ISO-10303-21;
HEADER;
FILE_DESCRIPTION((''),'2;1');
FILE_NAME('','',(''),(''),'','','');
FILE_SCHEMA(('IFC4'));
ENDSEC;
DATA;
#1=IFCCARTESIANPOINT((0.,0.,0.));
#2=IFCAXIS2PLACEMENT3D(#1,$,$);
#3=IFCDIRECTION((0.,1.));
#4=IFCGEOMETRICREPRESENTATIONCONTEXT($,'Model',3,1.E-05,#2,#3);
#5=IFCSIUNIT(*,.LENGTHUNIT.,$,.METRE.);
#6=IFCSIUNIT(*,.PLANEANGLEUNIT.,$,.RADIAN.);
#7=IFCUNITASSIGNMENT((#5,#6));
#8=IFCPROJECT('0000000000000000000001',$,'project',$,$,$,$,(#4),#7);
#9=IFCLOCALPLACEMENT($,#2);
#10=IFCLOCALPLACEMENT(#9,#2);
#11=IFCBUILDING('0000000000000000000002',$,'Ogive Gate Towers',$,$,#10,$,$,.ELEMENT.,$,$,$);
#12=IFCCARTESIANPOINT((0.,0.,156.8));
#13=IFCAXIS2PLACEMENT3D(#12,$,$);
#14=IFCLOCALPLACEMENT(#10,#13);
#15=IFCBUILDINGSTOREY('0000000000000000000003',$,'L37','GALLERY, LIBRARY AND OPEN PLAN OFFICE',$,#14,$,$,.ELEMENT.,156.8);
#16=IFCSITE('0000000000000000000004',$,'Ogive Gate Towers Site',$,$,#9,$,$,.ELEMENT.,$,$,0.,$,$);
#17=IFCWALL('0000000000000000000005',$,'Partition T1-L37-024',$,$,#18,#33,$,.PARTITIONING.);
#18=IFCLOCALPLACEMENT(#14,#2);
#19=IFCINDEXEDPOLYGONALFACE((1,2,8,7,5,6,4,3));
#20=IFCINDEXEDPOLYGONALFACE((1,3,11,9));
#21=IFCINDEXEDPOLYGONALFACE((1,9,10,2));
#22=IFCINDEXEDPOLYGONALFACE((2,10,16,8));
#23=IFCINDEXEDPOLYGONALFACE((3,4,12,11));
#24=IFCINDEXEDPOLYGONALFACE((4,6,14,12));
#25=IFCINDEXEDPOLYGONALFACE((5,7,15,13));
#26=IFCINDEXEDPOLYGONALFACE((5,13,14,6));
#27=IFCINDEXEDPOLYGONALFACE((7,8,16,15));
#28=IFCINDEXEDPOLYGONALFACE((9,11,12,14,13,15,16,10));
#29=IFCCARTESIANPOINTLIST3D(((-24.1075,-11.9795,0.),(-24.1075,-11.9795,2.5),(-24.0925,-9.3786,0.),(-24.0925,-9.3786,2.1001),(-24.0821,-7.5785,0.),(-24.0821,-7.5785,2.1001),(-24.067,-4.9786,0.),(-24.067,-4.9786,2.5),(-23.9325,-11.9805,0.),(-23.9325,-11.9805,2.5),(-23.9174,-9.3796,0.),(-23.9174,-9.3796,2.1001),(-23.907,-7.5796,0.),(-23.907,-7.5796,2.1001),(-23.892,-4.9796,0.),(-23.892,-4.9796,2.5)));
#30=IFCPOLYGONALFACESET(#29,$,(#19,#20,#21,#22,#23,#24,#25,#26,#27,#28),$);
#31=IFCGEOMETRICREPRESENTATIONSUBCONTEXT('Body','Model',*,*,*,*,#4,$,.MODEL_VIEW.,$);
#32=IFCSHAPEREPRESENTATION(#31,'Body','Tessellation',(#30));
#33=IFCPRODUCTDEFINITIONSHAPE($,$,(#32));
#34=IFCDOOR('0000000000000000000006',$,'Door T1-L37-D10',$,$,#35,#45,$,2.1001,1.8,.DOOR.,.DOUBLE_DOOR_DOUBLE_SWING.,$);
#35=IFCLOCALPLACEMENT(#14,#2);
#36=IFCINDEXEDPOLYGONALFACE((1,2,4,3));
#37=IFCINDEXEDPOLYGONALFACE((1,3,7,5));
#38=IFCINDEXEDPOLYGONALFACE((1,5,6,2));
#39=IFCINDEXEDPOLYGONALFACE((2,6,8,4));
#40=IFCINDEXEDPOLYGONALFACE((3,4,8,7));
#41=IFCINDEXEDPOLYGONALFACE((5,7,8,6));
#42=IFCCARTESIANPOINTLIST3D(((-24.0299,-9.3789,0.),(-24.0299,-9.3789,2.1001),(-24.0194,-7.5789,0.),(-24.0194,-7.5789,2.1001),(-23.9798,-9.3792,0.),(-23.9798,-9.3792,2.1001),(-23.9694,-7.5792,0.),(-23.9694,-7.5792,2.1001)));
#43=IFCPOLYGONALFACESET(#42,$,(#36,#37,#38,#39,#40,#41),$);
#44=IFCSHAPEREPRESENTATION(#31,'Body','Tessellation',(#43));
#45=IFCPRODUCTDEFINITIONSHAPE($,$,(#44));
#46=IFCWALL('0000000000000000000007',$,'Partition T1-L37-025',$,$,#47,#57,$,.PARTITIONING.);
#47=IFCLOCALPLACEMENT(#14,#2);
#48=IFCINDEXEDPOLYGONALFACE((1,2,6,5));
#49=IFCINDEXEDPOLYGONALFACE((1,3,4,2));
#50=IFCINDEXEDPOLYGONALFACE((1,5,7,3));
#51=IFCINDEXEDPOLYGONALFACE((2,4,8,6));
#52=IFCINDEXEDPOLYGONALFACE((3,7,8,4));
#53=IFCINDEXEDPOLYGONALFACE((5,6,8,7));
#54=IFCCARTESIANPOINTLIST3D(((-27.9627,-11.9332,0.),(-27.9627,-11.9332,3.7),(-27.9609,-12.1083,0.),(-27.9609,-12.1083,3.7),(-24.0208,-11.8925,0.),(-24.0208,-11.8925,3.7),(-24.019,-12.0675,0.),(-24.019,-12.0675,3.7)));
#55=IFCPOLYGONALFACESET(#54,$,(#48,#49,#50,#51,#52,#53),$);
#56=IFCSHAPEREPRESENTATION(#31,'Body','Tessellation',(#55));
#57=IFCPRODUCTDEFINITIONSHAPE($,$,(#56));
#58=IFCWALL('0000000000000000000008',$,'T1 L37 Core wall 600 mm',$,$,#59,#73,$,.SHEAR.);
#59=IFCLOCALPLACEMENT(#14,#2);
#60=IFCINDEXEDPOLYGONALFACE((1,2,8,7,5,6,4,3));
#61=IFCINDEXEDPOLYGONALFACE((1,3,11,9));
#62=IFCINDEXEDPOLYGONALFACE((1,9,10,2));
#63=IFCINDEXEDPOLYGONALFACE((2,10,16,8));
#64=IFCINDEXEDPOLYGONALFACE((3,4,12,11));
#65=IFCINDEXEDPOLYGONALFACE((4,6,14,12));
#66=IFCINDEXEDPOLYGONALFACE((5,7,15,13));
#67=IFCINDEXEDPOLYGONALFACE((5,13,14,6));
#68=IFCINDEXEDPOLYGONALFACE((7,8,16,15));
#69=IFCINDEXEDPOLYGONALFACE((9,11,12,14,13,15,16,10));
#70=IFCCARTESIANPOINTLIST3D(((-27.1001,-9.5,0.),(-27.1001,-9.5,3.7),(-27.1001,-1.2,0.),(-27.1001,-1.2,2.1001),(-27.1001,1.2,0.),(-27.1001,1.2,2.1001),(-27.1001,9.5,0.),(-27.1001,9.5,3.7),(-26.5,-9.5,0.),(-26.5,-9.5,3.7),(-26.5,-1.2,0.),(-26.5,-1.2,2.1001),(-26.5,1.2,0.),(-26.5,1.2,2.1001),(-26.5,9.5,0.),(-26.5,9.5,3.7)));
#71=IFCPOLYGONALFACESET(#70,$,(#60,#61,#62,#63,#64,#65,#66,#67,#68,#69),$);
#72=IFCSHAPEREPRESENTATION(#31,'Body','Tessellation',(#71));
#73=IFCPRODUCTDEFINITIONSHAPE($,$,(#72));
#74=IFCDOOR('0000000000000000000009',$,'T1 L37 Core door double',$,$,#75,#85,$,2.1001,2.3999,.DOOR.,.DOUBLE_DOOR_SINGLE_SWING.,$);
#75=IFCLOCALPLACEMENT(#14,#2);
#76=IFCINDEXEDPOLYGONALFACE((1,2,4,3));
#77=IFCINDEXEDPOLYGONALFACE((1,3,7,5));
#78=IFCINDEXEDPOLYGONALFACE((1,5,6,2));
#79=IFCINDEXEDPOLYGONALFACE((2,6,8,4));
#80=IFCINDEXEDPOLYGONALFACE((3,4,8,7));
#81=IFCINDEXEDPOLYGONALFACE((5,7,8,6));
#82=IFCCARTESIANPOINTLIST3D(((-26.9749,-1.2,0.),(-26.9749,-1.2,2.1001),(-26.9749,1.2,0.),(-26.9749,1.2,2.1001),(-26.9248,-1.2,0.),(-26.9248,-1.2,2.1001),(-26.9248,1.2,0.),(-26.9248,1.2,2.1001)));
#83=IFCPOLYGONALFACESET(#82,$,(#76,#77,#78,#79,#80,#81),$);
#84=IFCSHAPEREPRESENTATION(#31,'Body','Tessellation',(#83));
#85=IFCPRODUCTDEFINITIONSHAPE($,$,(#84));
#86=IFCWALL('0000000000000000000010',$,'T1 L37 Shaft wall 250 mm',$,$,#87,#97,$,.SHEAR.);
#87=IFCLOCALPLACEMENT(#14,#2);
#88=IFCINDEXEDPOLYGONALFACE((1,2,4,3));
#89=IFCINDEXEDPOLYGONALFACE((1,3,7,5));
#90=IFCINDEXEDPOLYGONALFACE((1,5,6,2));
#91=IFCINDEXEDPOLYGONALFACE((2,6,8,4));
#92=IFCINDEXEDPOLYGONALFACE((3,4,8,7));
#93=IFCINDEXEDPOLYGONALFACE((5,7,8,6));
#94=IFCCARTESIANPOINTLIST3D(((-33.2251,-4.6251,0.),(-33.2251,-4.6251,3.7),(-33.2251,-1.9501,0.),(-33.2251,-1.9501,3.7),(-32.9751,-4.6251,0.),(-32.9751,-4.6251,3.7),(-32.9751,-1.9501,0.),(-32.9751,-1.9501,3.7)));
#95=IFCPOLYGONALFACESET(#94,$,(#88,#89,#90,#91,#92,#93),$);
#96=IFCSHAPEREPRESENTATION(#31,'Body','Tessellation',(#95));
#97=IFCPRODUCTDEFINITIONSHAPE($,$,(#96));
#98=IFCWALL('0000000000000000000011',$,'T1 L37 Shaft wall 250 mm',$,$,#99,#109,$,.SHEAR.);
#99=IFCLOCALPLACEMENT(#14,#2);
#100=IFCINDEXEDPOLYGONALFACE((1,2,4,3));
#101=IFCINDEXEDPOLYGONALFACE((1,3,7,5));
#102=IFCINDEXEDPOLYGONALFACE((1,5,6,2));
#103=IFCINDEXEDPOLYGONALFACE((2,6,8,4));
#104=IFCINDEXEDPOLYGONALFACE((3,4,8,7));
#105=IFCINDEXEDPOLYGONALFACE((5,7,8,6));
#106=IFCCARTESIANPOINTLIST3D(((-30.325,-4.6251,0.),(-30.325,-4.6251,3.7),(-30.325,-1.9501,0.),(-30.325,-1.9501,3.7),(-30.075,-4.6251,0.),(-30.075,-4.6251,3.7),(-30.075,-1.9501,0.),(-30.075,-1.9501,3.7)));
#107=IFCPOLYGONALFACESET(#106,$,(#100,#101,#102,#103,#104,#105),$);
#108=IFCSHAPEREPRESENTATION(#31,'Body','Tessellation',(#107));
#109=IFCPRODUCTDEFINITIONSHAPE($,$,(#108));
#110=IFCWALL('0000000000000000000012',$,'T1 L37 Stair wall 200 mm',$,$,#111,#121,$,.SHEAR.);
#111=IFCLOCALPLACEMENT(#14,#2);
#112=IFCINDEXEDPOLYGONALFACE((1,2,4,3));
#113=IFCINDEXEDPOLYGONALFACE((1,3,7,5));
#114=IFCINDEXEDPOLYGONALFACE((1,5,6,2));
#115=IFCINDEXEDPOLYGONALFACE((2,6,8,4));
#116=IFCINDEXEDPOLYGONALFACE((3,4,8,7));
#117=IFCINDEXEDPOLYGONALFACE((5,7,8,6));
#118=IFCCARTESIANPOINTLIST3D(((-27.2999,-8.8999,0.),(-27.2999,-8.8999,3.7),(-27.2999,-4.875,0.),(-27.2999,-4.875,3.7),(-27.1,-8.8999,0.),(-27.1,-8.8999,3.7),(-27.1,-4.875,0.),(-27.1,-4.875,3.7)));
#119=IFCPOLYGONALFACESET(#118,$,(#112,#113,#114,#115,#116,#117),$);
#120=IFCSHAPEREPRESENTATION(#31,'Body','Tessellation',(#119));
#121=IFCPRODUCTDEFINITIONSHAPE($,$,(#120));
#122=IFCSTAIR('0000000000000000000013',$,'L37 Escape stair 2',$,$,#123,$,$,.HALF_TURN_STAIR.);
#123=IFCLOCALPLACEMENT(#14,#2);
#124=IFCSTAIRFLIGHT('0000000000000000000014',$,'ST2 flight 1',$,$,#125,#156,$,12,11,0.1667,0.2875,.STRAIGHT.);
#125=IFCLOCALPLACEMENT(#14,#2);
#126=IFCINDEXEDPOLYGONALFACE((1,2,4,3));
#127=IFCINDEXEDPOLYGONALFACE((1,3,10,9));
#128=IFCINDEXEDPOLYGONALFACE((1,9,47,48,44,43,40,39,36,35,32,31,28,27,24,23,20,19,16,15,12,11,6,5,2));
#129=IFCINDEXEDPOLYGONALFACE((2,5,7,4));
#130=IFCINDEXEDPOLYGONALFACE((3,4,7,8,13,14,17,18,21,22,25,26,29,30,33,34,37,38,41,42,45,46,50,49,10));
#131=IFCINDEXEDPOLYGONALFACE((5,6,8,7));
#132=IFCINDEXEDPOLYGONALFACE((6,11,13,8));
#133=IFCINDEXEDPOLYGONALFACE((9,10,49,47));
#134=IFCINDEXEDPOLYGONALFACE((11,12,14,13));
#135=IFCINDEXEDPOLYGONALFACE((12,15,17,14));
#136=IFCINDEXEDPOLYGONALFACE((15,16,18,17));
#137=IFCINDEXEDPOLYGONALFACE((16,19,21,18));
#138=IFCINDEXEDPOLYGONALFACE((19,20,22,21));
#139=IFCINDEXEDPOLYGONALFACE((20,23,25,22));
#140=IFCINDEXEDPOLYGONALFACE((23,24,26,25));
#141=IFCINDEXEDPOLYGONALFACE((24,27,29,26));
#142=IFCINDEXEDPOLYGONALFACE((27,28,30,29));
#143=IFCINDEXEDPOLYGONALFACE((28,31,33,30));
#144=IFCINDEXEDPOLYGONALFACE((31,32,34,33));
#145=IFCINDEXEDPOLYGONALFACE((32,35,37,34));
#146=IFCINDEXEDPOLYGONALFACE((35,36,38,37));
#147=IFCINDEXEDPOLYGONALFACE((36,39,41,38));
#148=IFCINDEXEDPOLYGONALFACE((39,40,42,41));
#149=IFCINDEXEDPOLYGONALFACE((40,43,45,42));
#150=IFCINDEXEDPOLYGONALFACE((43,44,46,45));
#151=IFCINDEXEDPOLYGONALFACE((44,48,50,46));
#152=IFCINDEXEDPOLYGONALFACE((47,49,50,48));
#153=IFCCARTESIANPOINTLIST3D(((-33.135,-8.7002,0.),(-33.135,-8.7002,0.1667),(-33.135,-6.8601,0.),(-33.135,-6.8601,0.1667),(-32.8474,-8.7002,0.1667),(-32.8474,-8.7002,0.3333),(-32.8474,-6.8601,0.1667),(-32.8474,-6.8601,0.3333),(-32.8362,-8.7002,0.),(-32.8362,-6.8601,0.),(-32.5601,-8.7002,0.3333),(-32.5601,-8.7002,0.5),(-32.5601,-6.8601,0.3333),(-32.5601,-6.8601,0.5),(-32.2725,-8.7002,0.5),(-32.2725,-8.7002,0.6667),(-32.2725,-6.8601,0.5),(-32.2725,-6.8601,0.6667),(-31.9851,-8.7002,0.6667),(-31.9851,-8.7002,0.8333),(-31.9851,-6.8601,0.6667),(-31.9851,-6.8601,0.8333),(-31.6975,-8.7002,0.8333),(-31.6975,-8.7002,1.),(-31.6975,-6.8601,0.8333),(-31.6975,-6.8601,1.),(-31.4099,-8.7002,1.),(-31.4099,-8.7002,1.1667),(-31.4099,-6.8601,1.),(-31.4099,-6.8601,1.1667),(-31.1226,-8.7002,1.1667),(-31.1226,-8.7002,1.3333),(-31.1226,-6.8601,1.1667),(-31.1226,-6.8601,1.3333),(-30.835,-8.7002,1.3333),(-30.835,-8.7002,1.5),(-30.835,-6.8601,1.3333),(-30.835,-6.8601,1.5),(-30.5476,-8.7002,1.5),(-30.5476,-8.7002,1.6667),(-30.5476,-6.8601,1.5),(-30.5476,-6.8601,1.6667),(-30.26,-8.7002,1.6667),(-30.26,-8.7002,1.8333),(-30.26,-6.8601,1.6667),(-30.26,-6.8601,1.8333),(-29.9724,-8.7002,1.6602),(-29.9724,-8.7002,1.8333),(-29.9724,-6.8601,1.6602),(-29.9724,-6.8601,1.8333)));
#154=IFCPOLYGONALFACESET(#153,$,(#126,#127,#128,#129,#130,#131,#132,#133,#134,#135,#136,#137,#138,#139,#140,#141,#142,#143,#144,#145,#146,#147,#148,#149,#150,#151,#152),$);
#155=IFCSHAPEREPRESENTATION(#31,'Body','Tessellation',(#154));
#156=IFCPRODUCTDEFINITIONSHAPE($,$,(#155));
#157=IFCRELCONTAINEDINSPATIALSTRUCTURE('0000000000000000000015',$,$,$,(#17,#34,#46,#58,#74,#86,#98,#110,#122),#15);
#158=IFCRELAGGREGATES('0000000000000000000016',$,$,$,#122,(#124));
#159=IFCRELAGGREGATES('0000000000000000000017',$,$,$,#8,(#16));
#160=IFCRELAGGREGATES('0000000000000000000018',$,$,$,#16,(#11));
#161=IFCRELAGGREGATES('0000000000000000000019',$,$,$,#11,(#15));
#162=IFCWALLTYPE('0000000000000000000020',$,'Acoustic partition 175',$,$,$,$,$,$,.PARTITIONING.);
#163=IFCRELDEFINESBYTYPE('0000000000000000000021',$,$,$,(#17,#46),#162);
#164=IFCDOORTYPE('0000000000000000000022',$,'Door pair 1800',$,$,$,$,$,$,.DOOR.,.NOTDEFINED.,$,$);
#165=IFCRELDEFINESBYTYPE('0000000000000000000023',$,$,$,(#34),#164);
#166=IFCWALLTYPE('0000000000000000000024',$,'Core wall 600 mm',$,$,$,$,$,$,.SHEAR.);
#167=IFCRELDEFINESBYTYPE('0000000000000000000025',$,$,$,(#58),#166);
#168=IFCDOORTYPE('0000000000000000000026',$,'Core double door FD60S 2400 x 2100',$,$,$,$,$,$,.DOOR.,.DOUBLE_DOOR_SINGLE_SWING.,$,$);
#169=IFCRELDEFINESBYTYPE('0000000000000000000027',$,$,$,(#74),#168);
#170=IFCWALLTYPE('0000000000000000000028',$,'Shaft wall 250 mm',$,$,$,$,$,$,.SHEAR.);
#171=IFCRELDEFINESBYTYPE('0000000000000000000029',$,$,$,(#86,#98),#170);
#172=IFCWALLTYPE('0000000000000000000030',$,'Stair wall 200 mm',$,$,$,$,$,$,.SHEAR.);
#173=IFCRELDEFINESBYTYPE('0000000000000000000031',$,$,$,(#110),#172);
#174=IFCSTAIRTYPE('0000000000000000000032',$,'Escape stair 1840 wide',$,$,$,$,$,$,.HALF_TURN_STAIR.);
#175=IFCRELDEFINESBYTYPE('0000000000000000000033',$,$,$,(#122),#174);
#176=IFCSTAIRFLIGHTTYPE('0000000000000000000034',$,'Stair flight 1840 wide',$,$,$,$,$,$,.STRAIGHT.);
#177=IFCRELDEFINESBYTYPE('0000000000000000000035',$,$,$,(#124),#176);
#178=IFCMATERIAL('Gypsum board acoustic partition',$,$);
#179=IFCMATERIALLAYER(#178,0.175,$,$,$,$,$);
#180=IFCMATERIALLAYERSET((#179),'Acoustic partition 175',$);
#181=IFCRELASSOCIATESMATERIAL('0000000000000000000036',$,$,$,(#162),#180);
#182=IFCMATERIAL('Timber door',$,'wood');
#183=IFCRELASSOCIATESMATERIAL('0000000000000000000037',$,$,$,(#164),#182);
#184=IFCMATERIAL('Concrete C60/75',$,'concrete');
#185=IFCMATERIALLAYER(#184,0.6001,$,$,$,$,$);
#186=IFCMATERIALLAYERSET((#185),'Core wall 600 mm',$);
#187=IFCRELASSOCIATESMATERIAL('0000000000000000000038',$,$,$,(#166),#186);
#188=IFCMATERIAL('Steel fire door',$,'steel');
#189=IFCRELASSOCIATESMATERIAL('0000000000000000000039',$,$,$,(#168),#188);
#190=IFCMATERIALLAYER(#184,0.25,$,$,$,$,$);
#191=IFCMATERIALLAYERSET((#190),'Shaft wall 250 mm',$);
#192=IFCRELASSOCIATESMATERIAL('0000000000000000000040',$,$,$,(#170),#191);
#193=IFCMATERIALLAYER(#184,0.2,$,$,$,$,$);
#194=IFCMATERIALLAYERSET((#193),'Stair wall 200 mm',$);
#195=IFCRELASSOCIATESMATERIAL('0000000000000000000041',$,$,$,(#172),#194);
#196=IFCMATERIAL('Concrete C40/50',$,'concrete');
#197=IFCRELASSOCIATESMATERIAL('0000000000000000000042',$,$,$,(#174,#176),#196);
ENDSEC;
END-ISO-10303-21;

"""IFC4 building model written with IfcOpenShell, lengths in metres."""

from ifc_helpers import new_model, si_unit, direction, frame, frame_2d, origin, place, context, subcontext, project, spatial, polyline, rectangle, outline, extrude, material, layer, layer_set, type_object, element, fill, aggregate, save


model = new_model("IFC4")

# Units and contexts
model_context = context("Model", 3, precision=1e-05, world=origin(), true_north=direction((0.0, 1.0)))
body_context = subcontext(model_context, "Body", "Model", "MODEL_VIEW")
ifc_project = project(units=[si_unit("LENGTHUNIT", "METRE"), si_unit("PLANEANGLEUNIT", "RADIAN")], contexts=[model_context])

# Site, building, storey
site_placement = place(None, origin())
site = spatial("IfcSite", under=ifc_project, at=site_placement, Name="Ogive Gate Towers Site", CompositionType="ELEMENT", RefElevation=0.0)
building_placement = place(site_placement, origin())
building = spatial("IfcBuilding", under=site, at=building_placement, Name="Ogive Gate Towers", CompositionType="ELEMENT")
storey_placement = place(building_placement, frame((0.0, 0.0, 156.8)))
storey = spatial("IfcBuildingStorey", under=building, at=storey_placement, Name="L37", Description="GALLERY, LIBRARY AND OPEN PLAN OFFICE", CompositionType="ELEMENT", Elevation=156.8)

# Shared definitions
ifc_material_1 = material(Name="Gypsum board acoustic partition")
ifc_layer_1 = layer(ifc_material_1, 0.175)
ifc_layer_set_1 = layer_set([ifc_layer_1], Name="Acoustic partition 175")
wall_type_1 = type_object("IfcWallType", Name="Acoustic partition 175", PredefinedType="PARTITIONING", material=ifc_layer_set_1)

# Wall, opening, door
wall_1_placement = place(storey_placement, frame((-24.02, -11.98, 0.0), z_axis=(0.0, 0.0, 1.0), x_axis=(0.005789, 0.999983, 0.0)))
wall_1 = element("IfcWall", 1, at=wall_1_placement, inside=storey, type_object=wall_type_1, Name="Partition T1-L37-024", PredefinedType="PARTITIONING", context=body_context, shape_type="SweptSolid", body=[
    extrude(rectangle(XDim=7.001, YDim=0.175, at=frame_2d((3.5005, 0.0))), origin(), (0.0, 0.0, 1.0), 2.5),
])
opening_1_placement = place(wall_1_placement, frame((2.6011, 0.0, 0.0)))
opening_1 = element("IfcOpeningElement", 2, at=opening_1_placement, cuts=wall_1, PredefinedType="OPENING", context=body_context, shape_type="SweptSolid", body=[
    extrude(rectangle(XDim=1.8, YDim=2.1001, at=frame_2d((0.8999, 1.05))), frame((0.0, 0.0977, 0.0), z_axis=(0.0, -1.0, 0.0), x_axis=(1.0, 0.0, 0.0)), (0.0, 0.0, 1.0), 0.1951),
])
ifc_material_2 = material(Name="Timber door", Category="wood")
door_type_1 = type_object("IfcDoorType", Name="Door pair 1800", OperationType="NOTDEFINED", PredefinedType="DOOR", material=ifc_material_2)
door_1_placement = place(opening_1_placement, origin())
door_1 = element("IfcDoor", 3, at=door_1_placement, inside=storey, type_object=door_type_1, Name="Door T1-L37-D10", OperationType="DOUBLE_DOOR_DOUBLE_SWING", OverallHeight=2.1001, OverallWidth=1.8, PredefinedType="DOOR", context=body_context, shape_type="SweptSolid", body=[
    extrude(rectangle(XDim=1.8, YDim=2.1001, at=frame_2d((0.8999, 1.05))), frame((0.0, 0.0249, 0.0), z_axis=(0.0, -1.0, 0.0), x_axis=(1.0, 0.0, 0.0)), (0.0, 0.0, 1.0), 0.05),
])
fill(opening_1, door_1)

# Wall
wall_2_placement = place(storey_placement, frame((-27.9619, -12.0208, 0.0), z_axis=(0.0, 0.0, 1.0), x_axis=(0.999947, 0.010343, 0.0)))
element("IfcWall", 4, at=wall_2_placement, inside=storey, type_object=wall_type_1, Name="Partition T1-L37-025", PredefinedType="PARTITIONING", context=body_context, shape_type="SweptSolid", body=[
    extrude(rectangle(XDim=3.9421, YDim=0.175, at=frame_2d((1.9712, 0.0))), origin(), (0.0, 0.0, 1.0), 3.7),
])

# Wall, opening, door
ifc_material_3 = material(Name="Concrete C60/75", Category="concrete")
ifc_layer_2 = layer(ifc_material_3, 0.6001)
ifc_layer_set_2 = layer_set([ifc_layer_2], Name="Core wall 600 mm")
wall_type_2 = type_object("IfcWallType", Name="Core wall 600 mm", PredefinedType="SHEAR", material=ifc_layer_set_2)
wall_3_placement = place(storey_placement, frame((-26.8, -9.5, 0.0), z_axis=(0.0, 0.0, 1.0), x_axis=(0.0, 1.0, 0.0)))
wall_3 = element("IfcWall", 5, at=wall_3_placement, inside=storey, type_object=wall_type_2, Name="T1 L37 Core wall 600 mm", PredefinedType="SHEAR", context=body_context, shape_type="SweptSolid", body=[
    extrude(rectangle(XDim=19.0, YDim=0.6001, at=frame_2d((9.5, 0.0))), origin(), (0.0, 0.0, 1.0), 3.7),
])
opening_2_placement = place(wall_3_placement, frame((8.3, 0.0, 0.0)))
opening_2 = element("IfcOpeningElement", 6, at=opening_2_placement, cuts=wall_3, PredefinedType="OPENING", context=body_context, shape_type="SweptSolid", body=[
    extrude(rectangle(XDim=2.3999, YDim=2.1001, at=frame_2d((1.2, 1.05))), frame((0.0, 0.3101, 0.0), z_axis=(0.0, -1.0, 0.0), x_axis=(1.0, 0.0, 0.0)), (0.0, 0.0, 1.0), 0.6201),
])
ifc_material_4 = material(Name="Steel fire door", Category="steel")
door_type_2 = type_object("IfcDoorType", Name="Core double door FD60S 2400 x 2100", OperationType="DOUBLE_DOOR_SINGLE_SWING", PredefinedType="DOOR", material=ifc_material_4)
door_2_placement = place(opening_2_placement, origin())
door_2 = element("IfcDoor", 7, at=door_2_placement, inside=storey, type_object=door_type_2, Name="T1 L37 Core door double", OperationType="DOUBLE_DOOR_SINGLE_SWING", OverallHeight=2.1001, OverallWidth=2.3999, PredefinedType="DOOR", context=body_context, shape_type="SweptSolid", body=[
    extrude(rectangle(XDim=2.3999, YDim=2.1001, at=frame_2d((1.2, 1.05))), frame((0.0, 0.1748, 0.0), z_axis=(0.0, -1.0, 0.0), x_axis=(1.0, 0.0, 0.0)), (0.0, 0.0, 1.0), 0.05),
])
fill(opening_2, door_2)

# Walls
ifc_layer_3 = layer(ifc_material_3, 0.25)
ifc_layer_set_3 = layer_set([ifc_layer_3], Name="Shaft wall 250 mm")
wall_type_3 = type_object("IfcWallType", Name="Shaft wall 250 mm", PredefinedType="SHEAR", material=ifc_layer_set_3)
for number, where, z_axis, x_axis, name in (
    (8, (-33.1001, -4.625, 0.0), (0.0, 0.0, 1.0), (0.0, 1.0, 0.0), "T1 L37 Shaft wall 250 mm"),
    (9, (-30.2, -4.625, 0.0), (0.0, 0.0, 1.0), (0.0, 1.0, 0.0), "T1 L37 Shaft wall 250 mm"),
):
    element("IfcWall", number, at=place(storey_placement, frame(where, z_axis=z_axis, x_axis=x_axis)), inside=storey, type_object=wall_type_3, Name=name, PredefinedType="SHEAR", context=body_context, shape_type="SweptSolid", body=[
        extrude(rectangle(XDim=2.675, YDim=0.25, at=frame_2d((1.3374, 0.0))), origin(), (0.0, 0.0, 1.0), 3.7),
    ])
ifc_layer_4 = layer(ifc_material_3, 0.2)
ifc_layer_set_4 = layer_set([ifc_layer_4], Name="Stair wall 200 mm")
wall_type_4 = type_object("IfcWallType", Name="Stair wall 200 mm", PredefinedType="SHEAR", material=ifc_layer_set_4)
wall_4_placement = place(storey_placement, frame((-27.2, -8.8999, 0.0), z_axis=(0.0, 0.0, 1.0), x_axis=(0.0, 1.0, 0.0)))
element("IfcWall", 10, at=wall_4_placement, inside=storey, type_object=wall_type_4, Name="T1 L37 Stair wall 200 mm", PredefinedType="SHEAR", context=body_context, shape_type="SweptSolid", body=[
    extrude(rectangle(XDim=4.0249, YDim=0.2, at=frame_2d((2.0125, 0.0))), origin(), (0.0, 0.0, 1.0), 3.7),
])

# Stair, stair flight
ifc_material_5 = material(Name="Concrete C40/50", Category="concrete")
stair_type = type_object("IfcStairType", Name="Escape stair 1840 wide", PredefinedType="HALF_TURN_STAIR", material=ifc_material_5)
stair_placement = place(storey_placement, origin())
stair = element("IfcStair", 11, at=stair_placement, inside=storey, type_object=stair_type, Name="L37 Escape stair 2", PredefinedType="HALF_TURN_STAIR")
stair_flight_type = type_object("IfcStairFlightType", Name="Stair flight 1840 wide", PredefinedType="STRAIGHT", material=ifc_material_5)
stair_flight_1_placement = place(storey_placement, frame((-33.135, -7.78, 0.0), z_axis=(0.0, 0.0, 1.0), x_axis=(1.0, 0.0, 0.0)))
stair_flight_1 = element("IfcStairFlight", 12, at=stair_flight_1_placement, type_object=stair_flight_type, Name="ST2 flight 1", NumberOfRisers=12, NumberOfTreads=11, PredefinedType="STRAIGHT", RiserHeight=0.1667, TreadLength=0.2875, context=body_context, shape_type="SweptSolid", body=[
    extrude(outline(polyline([(0.0, 0.0), (0.0, 0.1667), (0.2876, 0.1667), (0.2876, 0.3333), (0.575, 0.3333), (0.575, 0.5), (0.8625, 0.5), (0.8625, 0.6667), (1.1499, 0.6667), (1.1499, 0.8333), (1.4375, 0.8333), (1.4375, 1.0), (1.7251, 1.0), (1.7251, 1.1667), (2.0125, 1.1667), (2.0125, 1.3333), (2.3, 1.3333), (2.3, 1.5), (2.5874, 1.5), (2.5874, 1.6667), (2.875, 1.6667), (2.875, 1.8333), (3.1626, 1.8333), (3.1626, 2.0), (3.1626, 1.6602), (0.2988, 0.0), (0.0, 0.0)])), frame((0.0, 0.9199, 0.0), z_axis=(0.0, -1.0, 0.0), x_axis=(1.0, 0.0, 0.0)), (0.0, 0.0, 1.0), 1.8401),
])
aggregate(stair, [stair_flight_1])

save(model, "model.ifc")
